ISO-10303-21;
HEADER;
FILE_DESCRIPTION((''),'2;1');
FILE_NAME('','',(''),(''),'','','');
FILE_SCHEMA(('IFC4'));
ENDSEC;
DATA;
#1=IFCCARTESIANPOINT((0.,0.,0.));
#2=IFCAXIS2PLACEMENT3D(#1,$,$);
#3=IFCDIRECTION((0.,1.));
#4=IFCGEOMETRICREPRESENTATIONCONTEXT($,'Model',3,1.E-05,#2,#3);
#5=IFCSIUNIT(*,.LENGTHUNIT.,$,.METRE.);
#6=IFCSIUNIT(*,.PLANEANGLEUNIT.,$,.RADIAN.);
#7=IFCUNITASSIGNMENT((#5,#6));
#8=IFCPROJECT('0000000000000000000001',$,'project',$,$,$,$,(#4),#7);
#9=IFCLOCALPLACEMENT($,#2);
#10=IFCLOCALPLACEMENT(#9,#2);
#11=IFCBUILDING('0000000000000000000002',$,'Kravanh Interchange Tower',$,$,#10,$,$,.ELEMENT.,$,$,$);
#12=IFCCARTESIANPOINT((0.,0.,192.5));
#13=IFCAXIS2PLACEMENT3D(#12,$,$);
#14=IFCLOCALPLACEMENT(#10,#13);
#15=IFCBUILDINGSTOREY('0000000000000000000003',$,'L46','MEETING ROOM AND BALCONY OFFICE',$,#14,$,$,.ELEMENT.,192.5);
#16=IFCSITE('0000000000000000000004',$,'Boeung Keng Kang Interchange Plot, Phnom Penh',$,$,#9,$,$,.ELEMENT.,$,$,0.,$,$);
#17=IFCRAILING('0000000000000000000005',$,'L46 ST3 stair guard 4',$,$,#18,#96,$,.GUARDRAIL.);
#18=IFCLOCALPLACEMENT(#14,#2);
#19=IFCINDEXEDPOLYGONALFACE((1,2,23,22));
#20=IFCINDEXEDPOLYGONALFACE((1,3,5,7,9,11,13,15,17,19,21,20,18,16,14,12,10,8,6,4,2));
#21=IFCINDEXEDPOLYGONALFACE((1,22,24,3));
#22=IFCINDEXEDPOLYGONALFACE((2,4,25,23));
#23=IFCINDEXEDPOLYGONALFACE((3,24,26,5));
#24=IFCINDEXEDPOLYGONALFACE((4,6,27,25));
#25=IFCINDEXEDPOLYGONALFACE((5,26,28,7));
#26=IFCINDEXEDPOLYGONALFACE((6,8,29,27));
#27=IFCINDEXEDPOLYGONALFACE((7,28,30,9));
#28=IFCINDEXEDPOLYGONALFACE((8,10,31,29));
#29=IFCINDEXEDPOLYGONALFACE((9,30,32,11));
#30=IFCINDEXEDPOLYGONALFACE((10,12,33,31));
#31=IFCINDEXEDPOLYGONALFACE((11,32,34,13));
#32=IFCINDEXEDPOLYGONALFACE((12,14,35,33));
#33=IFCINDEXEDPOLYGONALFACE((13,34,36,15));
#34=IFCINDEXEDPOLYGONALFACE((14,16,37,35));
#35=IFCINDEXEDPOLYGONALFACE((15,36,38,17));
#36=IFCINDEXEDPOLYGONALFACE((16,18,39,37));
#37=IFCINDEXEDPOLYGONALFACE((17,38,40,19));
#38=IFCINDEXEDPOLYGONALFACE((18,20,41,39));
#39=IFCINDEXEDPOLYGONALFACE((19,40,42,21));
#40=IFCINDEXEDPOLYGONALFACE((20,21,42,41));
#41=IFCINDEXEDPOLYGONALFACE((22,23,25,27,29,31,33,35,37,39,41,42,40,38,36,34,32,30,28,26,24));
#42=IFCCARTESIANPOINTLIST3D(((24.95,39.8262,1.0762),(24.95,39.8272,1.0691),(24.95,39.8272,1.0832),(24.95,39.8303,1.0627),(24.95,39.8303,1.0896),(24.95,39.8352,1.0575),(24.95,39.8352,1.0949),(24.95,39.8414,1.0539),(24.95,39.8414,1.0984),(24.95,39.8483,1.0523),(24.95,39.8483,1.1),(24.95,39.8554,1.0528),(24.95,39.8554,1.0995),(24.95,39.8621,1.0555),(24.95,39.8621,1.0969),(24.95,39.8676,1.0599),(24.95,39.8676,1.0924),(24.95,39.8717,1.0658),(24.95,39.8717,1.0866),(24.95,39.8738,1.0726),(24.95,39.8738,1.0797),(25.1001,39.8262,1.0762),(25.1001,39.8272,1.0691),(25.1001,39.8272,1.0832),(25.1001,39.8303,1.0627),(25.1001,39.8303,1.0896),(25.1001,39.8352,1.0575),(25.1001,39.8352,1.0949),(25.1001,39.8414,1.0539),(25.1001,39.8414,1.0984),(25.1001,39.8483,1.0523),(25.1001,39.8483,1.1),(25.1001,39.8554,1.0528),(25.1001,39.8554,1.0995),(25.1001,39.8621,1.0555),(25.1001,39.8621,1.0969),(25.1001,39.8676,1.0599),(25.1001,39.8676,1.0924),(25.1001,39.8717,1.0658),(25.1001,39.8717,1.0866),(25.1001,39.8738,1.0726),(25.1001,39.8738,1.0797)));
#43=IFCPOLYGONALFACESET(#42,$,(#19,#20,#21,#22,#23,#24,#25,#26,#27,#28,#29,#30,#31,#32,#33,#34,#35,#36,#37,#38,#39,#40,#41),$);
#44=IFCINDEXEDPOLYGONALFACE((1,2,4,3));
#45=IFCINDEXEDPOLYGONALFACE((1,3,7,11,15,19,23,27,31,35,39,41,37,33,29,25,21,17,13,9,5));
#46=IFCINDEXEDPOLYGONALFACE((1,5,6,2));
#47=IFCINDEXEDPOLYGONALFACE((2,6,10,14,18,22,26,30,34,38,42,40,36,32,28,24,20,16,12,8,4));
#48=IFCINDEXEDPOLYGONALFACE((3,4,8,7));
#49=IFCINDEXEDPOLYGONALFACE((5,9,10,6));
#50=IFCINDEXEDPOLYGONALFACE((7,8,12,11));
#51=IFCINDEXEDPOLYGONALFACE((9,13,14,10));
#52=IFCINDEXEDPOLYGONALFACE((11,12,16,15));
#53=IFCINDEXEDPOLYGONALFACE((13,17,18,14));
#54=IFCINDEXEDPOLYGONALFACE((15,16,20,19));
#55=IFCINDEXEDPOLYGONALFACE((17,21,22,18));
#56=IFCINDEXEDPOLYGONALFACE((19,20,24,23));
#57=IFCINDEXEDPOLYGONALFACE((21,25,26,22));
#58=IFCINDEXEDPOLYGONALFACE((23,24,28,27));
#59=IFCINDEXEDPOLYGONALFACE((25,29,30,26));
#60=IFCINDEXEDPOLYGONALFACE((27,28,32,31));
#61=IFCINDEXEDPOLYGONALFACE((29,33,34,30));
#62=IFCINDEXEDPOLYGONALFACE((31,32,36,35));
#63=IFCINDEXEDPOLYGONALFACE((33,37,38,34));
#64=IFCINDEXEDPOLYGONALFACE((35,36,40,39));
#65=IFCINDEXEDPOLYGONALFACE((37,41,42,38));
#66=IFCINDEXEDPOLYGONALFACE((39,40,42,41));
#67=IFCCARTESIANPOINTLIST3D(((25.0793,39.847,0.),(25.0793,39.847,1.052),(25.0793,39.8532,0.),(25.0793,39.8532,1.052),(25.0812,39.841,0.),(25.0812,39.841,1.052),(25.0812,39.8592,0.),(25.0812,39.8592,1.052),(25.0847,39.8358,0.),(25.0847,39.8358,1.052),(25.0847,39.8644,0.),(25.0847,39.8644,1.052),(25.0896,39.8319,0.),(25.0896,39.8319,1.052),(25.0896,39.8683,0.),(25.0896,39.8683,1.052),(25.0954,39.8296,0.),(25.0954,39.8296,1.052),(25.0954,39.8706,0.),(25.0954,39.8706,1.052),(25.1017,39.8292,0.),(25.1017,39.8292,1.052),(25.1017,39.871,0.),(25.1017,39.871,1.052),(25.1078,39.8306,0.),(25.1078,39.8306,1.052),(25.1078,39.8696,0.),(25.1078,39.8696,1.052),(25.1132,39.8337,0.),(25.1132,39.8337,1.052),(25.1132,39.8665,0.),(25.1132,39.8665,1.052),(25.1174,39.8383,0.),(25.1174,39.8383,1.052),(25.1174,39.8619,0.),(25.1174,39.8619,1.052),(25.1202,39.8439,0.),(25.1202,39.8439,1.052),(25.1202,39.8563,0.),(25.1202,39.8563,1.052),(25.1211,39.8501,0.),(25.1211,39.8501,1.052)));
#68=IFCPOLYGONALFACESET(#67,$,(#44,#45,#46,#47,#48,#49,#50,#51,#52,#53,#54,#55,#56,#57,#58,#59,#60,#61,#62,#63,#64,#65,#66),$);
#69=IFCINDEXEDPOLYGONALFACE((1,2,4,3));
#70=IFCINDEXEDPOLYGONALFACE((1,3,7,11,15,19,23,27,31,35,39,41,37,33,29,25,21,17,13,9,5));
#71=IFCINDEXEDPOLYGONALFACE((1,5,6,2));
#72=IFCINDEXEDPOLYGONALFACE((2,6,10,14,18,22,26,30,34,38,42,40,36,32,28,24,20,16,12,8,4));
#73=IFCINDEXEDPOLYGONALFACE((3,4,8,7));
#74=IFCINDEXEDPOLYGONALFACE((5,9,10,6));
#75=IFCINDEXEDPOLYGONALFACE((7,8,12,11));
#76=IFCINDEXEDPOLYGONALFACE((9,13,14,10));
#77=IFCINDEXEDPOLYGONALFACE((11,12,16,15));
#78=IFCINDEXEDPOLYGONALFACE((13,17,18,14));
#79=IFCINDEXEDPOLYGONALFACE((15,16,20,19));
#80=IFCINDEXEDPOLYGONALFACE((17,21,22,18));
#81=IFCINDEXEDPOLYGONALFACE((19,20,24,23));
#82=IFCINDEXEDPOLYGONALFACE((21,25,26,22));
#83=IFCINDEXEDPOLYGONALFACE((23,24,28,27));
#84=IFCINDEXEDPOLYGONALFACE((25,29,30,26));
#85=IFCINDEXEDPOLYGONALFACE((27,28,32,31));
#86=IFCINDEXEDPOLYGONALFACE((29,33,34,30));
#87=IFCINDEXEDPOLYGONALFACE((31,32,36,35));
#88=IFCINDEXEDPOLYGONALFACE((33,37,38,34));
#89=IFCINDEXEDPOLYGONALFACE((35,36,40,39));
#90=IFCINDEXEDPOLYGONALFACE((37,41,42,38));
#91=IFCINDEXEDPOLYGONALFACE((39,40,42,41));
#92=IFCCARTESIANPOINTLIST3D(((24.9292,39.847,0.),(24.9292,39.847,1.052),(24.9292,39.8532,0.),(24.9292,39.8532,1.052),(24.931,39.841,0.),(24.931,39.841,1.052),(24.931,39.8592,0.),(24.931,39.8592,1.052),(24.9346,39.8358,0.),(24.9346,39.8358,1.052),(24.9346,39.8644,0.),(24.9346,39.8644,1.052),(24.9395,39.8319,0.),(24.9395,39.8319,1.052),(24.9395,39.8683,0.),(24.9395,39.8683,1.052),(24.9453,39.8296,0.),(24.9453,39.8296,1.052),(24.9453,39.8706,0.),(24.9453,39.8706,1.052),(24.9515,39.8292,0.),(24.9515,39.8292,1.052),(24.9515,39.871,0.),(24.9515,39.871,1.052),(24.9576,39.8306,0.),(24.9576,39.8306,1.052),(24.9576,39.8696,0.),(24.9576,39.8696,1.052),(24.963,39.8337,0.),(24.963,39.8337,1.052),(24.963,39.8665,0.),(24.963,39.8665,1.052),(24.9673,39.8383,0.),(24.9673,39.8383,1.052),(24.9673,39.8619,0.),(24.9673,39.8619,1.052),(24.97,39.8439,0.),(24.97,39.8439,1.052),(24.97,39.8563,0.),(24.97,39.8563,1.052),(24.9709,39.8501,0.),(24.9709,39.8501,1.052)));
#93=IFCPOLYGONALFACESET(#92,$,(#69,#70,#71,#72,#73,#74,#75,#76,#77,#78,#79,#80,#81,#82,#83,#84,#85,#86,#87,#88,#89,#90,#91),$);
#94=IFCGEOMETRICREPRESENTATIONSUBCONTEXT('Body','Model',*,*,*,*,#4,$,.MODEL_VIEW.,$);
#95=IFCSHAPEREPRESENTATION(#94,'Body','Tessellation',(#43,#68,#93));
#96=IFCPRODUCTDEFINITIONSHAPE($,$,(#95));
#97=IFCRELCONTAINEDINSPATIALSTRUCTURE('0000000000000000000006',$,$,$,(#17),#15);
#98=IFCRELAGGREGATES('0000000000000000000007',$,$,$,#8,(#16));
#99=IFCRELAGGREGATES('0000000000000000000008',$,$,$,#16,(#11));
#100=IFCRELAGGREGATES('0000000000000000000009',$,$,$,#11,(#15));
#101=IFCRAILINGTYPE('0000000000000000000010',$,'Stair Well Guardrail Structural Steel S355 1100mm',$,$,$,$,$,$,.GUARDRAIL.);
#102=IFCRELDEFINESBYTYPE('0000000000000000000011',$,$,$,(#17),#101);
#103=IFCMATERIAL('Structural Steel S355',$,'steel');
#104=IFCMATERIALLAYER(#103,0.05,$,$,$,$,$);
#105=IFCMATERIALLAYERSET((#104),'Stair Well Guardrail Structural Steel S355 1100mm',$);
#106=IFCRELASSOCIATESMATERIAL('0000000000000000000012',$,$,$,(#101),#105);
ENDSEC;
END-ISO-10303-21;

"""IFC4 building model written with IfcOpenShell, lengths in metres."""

from ifc_helpers import new_model, si_unit, direction, frame, origin, origin_2d, place, context, subcontext, project, spatial, circle, extrude, material, layer, layer_set, type_object, element, save


model = new_model("IFC4")

# Units and contexts
model_context = context("Model", 3, precision=1e-05, world=origin(), true_north=direction((0.0, 1.0)))
body_context = subcontext(model_context, "Body", "Model", "MODEL_VIEW")
ifc_project = project(units=[si_unit("LENGTHUNIT", "METRE"), si_unit("PLANEANGLEUNIT", "RADIAN")], contexts=[model_context])

# Site, building, storey
site_placement = place(None, origin())
site = spatial("IfcSite", under=ifc_project, at=site_placement, Name="Boeung Keng Kang Interchange Plot, Phnom Penh", CompositionType="ELEMENT", RefElevation=0.0)
building_placement = place(site_placement, origin())
building = spatial("IfcBuilding", under=site, at=building_placement, Name="Kravanh Interchange Tower", CompositionType="ELEMENT")
storey_placement = place(building_placement, frame((0.0, 0.0, 192.5)))
storey = spatial("IfcBuildingStorey", under=building, at=storey_placement, Name="L46", Description="MEETING ROOM AND BALCONY OFFICE", CompositionType="ELEMENT", Elevation=192.5)

# Railing
ifc_material_1 = material(Name="Structural Steel S355", Category="steel")
ifc_layer_1 = layer(ifc_material_1, 0.05)
ifc_layer_set_1 = layer_set([ifc_layer_1], Name="Stair Well Guardrail Structural Steel S355 1100mm")
railing_type_1 = type_object("IfcRailingType", Name="Stair Well Guardrail Structural Steel S355 1100mm", PredefinedType="GUARDRAIL", material=ifc_layer_set_1)
railing_1_placement = place(storey_placement, frame((25.1001, 39.8501, 0.0)))
element("IfcRailing", 1, at=railing_1_placement, inside=storey, type_object=railing_type_1, Name="L46 ST3 stair guard 4", PredefinedType="GUARDRAIL", context=body_context, shape_type="SweptSolid", body=[
    extrude(circle(Radius=0.0239, at=origin_2d()), frame((0.0, 0.0, 1.0762), z_axis=(-1.0, 0.0, 0.0), x_axis=(0.0, -1.0, 0.0)), (0.0, 0.0, 1.0), 0.1501),
    extrude(circle(Radius=0.021, at=origin_2d()), origin(), (0.0, 0.0, 1.0), 1.052),
    extrude(circle(Radius=0.021, at=origin_2d()), frame((-0.1501, 0.0, 0.0)), (0.0, 0.0, 1.0), 1.052),
])

save(model, "model.ifc")
